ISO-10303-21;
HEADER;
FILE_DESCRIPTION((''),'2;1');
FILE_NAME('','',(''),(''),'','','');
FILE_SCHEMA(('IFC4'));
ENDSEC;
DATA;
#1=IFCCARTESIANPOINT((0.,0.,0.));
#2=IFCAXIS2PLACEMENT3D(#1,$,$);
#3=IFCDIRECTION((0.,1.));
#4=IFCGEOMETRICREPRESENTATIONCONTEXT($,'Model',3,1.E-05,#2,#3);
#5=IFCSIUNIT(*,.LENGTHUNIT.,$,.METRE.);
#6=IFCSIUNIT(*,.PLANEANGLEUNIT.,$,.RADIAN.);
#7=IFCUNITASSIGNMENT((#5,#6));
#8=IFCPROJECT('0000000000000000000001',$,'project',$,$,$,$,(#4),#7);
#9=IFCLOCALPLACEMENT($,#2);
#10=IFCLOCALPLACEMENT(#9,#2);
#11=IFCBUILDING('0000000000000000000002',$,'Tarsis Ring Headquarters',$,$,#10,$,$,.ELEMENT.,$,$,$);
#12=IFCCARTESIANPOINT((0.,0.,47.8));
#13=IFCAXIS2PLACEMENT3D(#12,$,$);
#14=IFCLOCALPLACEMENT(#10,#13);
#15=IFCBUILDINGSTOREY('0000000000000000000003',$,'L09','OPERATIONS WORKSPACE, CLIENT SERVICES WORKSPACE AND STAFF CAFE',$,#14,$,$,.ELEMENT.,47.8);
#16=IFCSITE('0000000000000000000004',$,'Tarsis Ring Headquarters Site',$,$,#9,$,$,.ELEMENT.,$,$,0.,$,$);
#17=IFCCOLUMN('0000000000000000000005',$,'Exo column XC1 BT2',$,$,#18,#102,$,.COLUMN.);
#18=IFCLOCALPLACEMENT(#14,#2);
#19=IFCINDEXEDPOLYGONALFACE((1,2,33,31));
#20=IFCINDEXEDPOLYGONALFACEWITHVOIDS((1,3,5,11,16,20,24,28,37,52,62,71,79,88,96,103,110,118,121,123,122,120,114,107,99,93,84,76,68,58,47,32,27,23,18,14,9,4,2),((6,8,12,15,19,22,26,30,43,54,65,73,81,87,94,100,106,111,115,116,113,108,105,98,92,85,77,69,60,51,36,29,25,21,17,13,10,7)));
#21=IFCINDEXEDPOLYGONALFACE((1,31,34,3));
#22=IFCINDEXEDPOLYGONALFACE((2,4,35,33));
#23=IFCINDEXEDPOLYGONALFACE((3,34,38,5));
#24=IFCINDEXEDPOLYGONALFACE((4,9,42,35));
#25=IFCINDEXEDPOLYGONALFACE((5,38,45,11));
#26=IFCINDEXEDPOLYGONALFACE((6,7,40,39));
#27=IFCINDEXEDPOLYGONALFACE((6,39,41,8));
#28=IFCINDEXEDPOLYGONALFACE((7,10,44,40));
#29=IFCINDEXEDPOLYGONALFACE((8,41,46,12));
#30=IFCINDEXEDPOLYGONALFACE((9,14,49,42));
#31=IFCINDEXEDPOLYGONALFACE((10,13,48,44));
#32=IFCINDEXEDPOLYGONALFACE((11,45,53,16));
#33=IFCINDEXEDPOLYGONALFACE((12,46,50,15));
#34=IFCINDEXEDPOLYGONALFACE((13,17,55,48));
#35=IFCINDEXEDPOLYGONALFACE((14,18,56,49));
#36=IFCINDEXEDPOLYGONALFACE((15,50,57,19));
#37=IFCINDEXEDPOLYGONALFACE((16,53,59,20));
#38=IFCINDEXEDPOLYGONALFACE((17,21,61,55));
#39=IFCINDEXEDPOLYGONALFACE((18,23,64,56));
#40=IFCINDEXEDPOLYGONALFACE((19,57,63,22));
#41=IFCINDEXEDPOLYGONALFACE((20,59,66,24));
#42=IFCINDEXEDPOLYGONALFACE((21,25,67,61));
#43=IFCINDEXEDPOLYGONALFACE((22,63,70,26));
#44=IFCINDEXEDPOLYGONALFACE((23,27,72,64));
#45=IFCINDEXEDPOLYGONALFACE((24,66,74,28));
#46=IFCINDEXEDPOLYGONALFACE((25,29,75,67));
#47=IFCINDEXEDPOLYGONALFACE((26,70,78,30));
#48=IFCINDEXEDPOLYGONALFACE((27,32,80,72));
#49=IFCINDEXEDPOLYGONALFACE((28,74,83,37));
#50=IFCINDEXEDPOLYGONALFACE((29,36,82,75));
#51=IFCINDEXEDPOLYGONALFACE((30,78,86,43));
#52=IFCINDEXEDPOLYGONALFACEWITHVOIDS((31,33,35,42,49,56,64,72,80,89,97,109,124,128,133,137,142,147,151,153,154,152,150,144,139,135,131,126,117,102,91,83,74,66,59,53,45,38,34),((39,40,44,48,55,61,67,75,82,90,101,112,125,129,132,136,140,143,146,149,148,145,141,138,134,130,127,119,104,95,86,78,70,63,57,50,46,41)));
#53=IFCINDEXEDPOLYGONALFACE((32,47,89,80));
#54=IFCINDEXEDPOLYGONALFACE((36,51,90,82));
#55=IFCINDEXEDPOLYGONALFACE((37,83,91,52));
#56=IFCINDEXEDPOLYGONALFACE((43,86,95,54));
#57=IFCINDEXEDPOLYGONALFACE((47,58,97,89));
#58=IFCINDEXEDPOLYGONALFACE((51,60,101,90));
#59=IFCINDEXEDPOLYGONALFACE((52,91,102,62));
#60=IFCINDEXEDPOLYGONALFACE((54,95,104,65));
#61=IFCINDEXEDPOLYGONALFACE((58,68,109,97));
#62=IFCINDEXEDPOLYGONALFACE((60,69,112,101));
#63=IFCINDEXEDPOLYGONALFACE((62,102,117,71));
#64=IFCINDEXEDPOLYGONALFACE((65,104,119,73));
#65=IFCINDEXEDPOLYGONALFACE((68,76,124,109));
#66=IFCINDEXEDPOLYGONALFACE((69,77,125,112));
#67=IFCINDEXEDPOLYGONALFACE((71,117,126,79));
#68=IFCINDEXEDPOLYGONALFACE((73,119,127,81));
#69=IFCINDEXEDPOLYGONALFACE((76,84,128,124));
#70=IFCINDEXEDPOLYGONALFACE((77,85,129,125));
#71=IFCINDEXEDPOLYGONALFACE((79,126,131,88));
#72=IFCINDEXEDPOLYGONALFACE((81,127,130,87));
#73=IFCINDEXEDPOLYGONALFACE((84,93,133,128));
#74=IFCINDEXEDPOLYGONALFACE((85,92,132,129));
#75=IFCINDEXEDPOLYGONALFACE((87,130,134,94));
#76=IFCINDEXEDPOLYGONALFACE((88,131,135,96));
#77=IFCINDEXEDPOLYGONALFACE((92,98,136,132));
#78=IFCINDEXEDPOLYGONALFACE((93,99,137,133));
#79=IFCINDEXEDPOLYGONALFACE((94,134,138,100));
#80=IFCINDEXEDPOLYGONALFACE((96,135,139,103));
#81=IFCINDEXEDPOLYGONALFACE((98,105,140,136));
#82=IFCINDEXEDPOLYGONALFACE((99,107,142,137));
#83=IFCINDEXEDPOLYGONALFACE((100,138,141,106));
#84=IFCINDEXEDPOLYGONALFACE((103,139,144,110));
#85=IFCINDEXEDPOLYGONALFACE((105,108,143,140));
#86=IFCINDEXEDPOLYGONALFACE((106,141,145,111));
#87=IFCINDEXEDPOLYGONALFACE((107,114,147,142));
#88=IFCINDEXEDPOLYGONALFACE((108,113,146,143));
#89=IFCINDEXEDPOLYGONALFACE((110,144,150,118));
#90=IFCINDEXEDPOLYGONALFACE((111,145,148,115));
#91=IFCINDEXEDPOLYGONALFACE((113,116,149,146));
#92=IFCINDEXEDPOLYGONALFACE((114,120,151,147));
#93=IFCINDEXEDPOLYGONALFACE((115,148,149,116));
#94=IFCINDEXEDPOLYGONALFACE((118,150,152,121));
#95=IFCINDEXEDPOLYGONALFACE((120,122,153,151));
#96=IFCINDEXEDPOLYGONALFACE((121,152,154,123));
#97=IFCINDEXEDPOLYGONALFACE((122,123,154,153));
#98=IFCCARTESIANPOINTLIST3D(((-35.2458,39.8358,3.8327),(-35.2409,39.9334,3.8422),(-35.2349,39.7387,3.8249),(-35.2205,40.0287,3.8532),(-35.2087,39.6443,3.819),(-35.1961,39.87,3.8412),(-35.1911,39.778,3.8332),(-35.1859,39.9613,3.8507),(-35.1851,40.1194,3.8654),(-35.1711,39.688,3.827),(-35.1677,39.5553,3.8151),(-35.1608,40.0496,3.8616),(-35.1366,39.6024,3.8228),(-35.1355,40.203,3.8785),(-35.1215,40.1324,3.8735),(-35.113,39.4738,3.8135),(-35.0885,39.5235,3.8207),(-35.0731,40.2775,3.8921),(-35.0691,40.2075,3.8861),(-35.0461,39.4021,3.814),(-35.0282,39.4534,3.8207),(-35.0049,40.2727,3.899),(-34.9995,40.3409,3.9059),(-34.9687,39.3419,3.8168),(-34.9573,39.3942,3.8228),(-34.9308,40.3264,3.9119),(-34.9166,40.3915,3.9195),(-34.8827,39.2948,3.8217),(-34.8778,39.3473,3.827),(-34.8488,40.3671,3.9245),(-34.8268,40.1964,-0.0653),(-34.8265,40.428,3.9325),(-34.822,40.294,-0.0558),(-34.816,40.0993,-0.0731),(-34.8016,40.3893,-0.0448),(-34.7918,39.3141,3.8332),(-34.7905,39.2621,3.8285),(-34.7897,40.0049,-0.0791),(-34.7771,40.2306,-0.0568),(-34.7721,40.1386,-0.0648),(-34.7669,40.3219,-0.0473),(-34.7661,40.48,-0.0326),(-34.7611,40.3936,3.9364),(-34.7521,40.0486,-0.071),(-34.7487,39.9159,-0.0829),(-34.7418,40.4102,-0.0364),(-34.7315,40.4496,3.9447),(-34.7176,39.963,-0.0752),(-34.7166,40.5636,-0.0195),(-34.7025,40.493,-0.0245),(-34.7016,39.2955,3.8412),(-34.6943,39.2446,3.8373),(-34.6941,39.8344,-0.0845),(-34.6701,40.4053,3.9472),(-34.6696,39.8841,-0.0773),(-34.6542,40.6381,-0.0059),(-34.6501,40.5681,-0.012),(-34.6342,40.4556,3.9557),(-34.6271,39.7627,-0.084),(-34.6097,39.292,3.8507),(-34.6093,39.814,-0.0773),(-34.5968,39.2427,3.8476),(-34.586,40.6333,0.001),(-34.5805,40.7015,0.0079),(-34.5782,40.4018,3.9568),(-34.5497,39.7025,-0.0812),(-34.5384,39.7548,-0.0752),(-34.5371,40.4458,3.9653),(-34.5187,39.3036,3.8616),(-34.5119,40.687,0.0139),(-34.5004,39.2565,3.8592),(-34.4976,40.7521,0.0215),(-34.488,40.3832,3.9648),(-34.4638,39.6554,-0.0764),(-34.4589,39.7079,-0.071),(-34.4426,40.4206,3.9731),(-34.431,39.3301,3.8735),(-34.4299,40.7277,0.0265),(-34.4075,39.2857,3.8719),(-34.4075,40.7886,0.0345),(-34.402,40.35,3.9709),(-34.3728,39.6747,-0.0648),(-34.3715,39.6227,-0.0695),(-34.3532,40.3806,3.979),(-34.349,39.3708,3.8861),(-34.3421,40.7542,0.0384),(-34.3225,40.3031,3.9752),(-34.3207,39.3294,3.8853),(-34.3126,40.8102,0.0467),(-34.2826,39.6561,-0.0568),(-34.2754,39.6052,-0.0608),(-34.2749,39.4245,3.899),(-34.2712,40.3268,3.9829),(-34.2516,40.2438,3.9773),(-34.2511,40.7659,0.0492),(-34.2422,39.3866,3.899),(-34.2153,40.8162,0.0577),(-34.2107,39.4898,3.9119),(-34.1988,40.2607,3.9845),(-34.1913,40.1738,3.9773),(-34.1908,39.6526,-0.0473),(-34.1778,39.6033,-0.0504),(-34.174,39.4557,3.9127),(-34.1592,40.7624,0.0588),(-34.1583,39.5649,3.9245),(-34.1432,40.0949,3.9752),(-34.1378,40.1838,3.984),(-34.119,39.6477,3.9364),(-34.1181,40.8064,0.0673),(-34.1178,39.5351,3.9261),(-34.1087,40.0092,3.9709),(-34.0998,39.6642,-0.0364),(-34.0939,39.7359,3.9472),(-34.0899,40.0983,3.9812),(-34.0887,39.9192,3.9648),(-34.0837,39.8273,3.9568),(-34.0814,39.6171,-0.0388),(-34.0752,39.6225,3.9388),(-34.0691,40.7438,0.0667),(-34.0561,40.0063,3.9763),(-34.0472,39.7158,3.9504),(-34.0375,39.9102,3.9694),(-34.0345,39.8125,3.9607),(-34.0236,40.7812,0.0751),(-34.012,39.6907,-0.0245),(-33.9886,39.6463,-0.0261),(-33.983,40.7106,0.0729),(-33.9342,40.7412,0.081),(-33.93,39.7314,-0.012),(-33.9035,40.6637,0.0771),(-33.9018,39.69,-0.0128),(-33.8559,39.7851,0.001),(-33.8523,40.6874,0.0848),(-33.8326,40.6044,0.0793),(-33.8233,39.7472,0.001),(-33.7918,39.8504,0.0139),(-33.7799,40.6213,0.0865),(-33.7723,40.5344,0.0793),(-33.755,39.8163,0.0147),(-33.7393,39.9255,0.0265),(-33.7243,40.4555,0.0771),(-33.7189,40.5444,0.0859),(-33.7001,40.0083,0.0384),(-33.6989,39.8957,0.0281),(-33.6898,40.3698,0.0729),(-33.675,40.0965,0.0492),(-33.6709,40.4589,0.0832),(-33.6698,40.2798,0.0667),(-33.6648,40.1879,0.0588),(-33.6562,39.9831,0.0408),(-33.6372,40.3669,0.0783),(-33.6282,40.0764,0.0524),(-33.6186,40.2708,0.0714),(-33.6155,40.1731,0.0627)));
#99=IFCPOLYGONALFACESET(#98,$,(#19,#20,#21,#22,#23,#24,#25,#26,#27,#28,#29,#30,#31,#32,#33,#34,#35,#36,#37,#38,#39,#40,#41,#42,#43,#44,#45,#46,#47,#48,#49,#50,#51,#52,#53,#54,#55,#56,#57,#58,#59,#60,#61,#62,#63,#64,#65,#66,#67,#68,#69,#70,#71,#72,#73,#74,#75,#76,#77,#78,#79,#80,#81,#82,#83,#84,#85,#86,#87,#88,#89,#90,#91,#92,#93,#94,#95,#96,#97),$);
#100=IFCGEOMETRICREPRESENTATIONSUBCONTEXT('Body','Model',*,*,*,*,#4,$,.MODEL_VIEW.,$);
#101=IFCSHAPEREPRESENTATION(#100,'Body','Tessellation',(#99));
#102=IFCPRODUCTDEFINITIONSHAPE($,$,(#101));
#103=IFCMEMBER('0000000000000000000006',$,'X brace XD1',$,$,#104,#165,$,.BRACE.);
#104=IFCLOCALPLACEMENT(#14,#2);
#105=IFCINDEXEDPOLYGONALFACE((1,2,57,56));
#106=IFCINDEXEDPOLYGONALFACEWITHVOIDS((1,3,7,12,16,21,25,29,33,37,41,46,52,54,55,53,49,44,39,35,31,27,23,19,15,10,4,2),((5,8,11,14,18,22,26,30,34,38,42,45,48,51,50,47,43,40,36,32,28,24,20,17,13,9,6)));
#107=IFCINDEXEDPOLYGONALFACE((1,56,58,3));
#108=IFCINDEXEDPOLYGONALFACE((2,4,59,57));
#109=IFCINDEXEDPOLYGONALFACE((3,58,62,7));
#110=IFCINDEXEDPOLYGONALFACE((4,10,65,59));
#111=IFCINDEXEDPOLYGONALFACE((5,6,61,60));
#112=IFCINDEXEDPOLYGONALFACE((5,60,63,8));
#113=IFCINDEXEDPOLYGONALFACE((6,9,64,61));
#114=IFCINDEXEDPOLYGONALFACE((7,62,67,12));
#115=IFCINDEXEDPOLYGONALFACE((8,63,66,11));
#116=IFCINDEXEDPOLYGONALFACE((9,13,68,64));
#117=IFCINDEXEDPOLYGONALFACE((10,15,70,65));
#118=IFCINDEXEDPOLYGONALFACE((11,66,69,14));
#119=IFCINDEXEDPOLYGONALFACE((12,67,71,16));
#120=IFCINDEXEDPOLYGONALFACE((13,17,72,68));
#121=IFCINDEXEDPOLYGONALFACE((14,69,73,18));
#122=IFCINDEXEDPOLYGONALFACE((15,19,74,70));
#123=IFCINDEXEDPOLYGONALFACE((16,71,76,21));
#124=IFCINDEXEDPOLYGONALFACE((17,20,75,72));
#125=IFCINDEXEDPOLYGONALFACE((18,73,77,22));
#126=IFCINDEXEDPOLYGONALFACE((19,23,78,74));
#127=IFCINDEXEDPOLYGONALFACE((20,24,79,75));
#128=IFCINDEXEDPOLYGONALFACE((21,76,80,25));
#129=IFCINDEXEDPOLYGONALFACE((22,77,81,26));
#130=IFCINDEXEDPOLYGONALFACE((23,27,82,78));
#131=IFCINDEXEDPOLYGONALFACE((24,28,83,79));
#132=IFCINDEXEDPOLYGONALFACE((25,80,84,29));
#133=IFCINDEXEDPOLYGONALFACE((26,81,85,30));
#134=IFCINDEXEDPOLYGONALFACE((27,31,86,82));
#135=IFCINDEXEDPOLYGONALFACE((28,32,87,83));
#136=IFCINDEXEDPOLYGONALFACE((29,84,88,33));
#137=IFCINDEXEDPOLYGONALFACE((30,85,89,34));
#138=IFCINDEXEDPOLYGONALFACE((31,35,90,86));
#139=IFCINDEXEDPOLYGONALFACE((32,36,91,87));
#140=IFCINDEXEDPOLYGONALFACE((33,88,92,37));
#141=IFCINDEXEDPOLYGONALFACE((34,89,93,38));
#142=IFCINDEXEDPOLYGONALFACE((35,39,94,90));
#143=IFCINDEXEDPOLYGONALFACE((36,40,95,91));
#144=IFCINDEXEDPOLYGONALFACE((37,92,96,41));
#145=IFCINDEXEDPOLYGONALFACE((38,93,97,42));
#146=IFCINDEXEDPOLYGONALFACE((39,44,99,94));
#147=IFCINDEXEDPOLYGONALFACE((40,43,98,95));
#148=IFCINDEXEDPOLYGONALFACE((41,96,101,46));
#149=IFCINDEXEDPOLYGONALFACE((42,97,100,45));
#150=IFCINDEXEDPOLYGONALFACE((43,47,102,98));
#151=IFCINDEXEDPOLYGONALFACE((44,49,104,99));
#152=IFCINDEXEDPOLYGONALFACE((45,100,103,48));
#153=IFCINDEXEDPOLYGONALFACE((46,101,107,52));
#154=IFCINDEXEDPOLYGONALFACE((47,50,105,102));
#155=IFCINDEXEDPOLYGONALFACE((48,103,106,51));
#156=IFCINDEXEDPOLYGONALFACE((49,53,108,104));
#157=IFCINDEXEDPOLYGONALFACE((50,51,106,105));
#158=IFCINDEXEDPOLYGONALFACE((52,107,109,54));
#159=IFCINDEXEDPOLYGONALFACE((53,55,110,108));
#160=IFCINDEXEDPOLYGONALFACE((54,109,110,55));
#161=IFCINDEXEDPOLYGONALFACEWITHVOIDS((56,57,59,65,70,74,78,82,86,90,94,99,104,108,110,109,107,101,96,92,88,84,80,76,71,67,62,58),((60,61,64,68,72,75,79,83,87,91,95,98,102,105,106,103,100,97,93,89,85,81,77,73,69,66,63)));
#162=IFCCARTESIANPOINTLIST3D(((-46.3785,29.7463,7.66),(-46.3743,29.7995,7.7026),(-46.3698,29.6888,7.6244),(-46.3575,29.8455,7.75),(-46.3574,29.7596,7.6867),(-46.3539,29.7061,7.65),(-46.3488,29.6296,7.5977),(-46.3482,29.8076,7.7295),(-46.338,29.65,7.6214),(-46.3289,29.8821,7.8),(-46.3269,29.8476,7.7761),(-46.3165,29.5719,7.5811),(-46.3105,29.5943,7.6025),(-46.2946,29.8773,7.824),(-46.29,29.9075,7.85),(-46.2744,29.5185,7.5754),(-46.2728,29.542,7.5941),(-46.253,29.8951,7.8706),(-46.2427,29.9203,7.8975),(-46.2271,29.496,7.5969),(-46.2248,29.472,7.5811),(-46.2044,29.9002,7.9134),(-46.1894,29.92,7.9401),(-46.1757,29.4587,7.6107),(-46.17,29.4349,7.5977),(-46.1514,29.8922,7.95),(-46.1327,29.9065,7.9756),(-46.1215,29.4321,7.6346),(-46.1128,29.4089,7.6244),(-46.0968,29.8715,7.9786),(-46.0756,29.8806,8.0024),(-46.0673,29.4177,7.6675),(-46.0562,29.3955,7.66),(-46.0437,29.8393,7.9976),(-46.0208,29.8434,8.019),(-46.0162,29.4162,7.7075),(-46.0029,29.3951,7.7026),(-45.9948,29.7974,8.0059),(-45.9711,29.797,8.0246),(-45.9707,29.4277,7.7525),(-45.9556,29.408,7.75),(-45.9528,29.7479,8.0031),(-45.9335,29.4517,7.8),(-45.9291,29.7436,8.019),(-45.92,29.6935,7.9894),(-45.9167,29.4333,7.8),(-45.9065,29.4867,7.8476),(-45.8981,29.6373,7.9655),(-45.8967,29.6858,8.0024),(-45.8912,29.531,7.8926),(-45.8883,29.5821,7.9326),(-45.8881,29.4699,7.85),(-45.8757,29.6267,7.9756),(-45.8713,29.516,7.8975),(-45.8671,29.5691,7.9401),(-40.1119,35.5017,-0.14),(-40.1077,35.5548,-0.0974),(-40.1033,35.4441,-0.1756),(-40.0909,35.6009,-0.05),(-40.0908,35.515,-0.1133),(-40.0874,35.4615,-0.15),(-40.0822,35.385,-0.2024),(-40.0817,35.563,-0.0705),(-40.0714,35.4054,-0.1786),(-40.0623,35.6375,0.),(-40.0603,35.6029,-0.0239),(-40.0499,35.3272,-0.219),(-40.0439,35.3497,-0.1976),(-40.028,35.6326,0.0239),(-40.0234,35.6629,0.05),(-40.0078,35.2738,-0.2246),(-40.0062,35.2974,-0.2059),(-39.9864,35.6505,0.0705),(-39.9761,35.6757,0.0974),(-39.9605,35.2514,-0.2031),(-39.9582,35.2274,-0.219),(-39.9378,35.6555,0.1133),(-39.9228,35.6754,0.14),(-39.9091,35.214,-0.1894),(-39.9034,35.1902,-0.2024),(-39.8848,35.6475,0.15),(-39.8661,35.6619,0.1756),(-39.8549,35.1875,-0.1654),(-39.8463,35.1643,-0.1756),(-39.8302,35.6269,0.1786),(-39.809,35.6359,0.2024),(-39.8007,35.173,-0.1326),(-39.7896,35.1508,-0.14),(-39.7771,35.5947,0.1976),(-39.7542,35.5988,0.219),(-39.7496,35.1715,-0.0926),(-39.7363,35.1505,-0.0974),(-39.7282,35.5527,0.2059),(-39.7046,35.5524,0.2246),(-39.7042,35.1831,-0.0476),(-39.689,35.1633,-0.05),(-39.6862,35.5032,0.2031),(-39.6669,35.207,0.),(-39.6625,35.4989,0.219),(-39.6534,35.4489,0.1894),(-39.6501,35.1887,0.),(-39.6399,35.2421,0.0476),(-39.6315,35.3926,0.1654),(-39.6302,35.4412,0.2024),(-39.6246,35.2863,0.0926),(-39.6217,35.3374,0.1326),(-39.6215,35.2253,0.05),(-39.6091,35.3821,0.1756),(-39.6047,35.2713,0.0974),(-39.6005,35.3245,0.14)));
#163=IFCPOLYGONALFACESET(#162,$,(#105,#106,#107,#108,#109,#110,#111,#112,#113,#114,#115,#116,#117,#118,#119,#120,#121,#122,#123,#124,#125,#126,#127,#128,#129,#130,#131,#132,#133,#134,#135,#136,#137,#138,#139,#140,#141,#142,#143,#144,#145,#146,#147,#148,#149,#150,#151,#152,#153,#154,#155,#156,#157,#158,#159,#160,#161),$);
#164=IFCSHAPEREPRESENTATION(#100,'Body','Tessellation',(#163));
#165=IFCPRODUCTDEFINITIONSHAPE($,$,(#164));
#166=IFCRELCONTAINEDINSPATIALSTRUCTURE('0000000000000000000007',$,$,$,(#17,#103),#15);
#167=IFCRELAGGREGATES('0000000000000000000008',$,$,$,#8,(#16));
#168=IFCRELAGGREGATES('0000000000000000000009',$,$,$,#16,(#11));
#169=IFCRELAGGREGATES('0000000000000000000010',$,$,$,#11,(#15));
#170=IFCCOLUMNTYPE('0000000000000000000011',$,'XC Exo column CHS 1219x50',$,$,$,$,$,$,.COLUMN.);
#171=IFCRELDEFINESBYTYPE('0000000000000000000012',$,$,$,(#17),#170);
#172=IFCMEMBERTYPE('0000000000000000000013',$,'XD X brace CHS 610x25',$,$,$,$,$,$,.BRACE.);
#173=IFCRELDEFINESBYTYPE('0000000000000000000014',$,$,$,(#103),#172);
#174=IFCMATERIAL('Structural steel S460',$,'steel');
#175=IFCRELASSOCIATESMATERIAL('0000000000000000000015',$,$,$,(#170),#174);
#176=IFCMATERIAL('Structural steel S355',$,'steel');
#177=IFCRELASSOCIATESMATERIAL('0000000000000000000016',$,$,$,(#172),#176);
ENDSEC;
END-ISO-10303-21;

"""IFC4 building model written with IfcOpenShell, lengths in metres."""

from ifc_helpers import new_model, si_unit, direction, frame, origin, origin_2d, place, context, subcontext, project, spatial, hollow_circle, extrude, material, material_profile, profile_set, type_object, element, save


model = new_model("IFC4")

# Units and contexts
model_context = context("Model", 3, precision=1e-05, world=origin(), true_north=direction((0.0, 1.0)))
body_context = subcontext(model_context, "Body", "Model", "MODEL_VIEW")
ifc_project = project(units=[si_unit("LENGTHUNIT", "METRE"), si_unit("PLANEANGLEUNIT", "RADIAN")], contexts=[model_context])

# Site, building, storey
site_placement = place(None, origin())
site = spatial("IfcSite", under=ifc_project, at=site_placement, Name="Tarsis Ring Headquarters Site", CompositionType="ELEMENT", RefElevation=0.0)
building_placement = place(site_placement, origin())
building = spatial("IfcBuilding", under=site, at=building_placement, Name="Tarsis Ring Headquarters", CompositionType="ELEMENT")
storey_placement = place(building_placement, frame((0.0, 0.0, 47.8)))
storey = spatial("IfcBuildingStorey", under=building, at=storey_placement, Name="L09", Description="OPERATIONS WORKSPACE, CLIENT SERVICES WORKSPACE AND STAFF CAFE", CompositionType="ELEMENT", Elevation=47.8)

# Column
ifc_material_1 = material(Name="Structural steel S460", Category="steel")
ifc_material_profile_1 = material_profile(ifc_material_1, hollow_circle(Radius=0.6096, WallThickness=0.05, at=origin_2d()), Name="CHS 1219x50")
ifc_profile_set_1 = profile_set([ifc_material_profile_1], Name="Structural steel S460")
column_type = type_object("IfcColumnType", Name="XC Exo column CHS 1219x50", PredefinedType="COLUMN", material=ifc_profile_set_1)
column_placement = place(storey_placement, frame((-34.2209, 40.2092, 0.001), z_axis=(-0.106414, -0.091593, 0.990094), x_axis=(0.652354, -0.757914, 0.0)))
element("IfcColumn", 1, at=column_placement, inside=storey, type_object=column_type, Name="Exo column XC1 BT2", PredefinedType="COLUMN", context=body_context, shape_type="SweptSolid", body=[
    extrude(hollow_circle(Radius=0.6096, WallThickness=0.05, at=origin_2d()), origin(), (0.0, 0.0, 1.0), 3.937),
])

# Member
ifc_material_2 = material(Name="Structural steel S355", Category="steel")
ifc_material_profile_2 = material_profile(ifc_material_2, hollow_circle(Radius=0.3047, WallThickness=0.0249, at=origin_2d()), Name="CHS 610x25")
ifc_profile_set_2 = profile_set([ifc_material_profile_2], Name="Structural steel S355")
member_type = type_object("IfcMemberType", Name="XD X brace CHS 610x25", PredefinedType="BRACE", material=ifc_profile_set_2)
member_1_placement = place(storey_placement, frame((-39.8562, 35.4131, 0.0), z_axis=(-0.542903, -0.498613, 0.675752), x_axis=(0.676426, -0.736511, 0.0)))
element("IfcMember", 2, at=member_1_placement, inside=storey, type_object=member_type, Name="X brace XD1", PredefinedType="BRACE", context=body_context, shape_type="SweptSolid", body=[
    extrude(hollow_circle(Radius=0.3047, WallThickness=0.0249, at=origin_2d()), origin(), (0.0, 0.0, 1.0), 11.5427),
])

save(model, "model.ifc")
